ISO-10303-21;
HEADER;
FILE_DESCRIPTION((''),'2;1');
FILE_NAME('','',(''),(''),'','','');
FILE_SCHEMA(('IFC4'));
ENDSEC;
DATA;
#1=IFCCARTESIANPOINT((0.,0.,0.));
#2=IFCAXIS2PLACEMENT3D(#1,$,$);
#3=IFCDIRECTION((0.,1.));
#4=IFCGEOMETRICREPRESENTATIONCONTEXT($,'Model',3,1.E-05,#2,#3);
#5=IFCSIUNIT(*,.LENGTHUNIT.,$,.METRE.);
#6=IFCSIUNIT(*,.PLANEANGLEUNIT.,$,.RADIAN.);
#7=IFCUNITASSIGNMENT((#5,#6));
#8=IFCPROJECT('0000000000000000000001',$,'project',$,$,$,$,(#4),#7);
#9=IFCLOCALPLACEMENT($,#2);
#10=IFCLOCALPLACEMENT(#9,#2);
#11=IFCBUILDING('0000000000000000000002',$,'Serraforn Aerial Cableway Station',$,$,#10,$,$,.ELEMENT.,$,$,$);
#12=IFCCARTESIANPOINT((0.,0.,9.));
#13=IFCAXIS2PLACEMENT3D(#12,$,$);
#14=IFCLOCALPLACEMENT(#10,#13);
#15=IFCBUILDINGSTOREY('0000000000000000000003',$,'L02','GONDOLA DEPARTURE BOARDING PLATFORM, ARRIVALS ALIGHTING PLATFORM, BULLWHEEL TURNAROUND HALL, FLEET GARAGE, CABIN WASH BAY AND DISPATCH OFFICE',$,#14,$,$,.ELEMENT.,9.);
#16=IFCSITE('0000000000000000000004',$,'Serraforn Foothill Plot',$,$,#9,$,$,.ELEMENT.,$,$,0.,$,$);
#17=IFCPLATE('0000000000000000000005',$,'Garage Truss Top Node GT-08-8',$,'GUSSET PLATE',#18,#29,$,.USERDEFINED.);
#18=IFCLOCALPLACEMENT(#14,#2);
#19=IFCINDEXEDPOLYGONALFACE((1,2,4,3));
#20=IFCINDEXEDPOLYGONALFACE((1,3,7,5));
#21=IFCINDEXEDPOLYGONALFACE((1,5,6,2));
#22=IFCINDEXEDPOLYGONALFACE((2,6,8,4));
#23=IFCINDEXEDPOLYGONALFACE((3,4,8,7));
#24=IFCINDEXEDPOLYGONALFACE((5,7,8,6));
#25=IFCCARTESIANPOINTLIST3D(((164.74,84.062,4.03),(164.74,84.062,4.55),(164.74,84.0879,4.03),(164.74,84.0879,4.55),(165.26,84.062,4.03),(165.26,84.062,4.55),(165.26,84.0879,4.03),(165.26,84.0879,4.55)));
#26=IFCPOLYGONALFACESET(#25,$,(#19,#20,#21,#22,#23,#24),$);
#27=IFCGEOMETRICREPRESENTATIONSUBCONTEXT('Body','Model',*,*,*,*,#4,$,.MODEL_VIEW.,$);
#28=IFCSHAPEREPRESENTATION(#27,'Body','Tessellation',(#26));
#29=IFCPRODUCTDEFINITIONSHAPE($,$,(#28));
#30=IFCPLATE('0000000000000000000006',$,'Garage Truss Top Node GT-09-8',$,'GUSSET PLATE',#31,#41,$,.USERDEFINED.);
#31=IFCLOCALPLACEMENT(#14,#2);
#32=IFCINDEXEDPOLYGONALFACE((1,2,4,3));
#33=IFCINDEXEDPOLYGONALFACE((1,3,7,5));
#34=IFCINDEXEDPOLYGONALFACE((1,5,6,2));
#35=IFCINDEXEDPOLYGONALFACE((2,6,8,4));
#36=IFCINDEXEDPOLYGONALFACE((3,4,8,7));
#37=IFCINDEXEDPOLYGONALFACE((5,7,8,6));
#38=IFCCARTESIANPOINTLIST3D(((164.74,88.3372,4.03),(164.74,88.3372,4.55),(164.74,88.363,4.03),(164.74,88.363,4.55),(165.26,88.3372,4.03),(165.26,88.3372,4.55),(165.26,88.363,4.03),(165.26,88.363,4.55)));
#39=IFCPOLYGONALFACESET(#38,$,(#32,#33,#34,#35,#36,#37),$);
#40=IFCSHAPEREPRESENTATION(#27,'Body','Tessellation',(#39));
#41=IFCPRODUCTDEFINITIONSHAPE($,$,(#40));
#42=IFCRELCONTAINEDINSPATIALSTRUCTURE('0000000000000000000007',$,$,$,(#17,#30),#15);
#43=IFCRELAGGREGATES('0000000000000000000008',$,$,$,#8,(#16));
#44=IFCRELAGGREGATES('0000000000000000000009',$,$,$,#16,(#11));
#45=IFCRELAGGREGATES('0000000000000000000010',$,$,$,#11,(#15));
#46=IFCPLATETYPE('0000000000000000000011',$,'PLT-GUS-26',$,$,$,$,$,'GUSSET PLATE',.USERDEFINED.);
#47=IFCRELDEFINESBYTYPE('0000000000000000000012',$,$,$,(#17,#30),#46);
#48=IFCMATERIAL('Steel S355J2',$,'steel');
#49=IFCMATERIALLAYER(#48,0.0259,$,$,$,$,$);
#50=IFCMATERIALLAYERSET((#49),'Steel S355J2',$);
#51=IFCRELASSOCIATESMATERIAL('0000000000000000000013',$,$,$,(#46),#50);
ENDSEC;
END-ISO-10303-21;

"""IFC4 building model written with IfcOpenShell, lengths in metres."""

from ifc_helpers import new_model, si_unit, direction, frame, origin, origin_2d, place, context, subcontext, project, spatial, rectangle, extrude, material, layer, layer_set, type_object, element, save


model = new_model("IFC4")

# Units and contexts
model_context = context("Model", 3, precision=1e-05, world=origin(), true_north=direction((0.0, 1.0)))
body_context = subcontext(model_context, "Body", "Model", "MODEL_VIEW")
ifc_project = project(units=[si_unit("LENGTHUNIT", "METRE"), si_unit("PLANEANGLEUNIT", "RADIAN")], contexts=[model_context])

# Site, building, storey
site_placement = place(None, origin())
site = spatial("IfcSite", under=ifc_project, at=site_placement, Name="Serraforn Foothill Plot", CompositionType="ELEMENT", RefElevation=0.0)
building_placement = place(site_placement, origin())
building = spatial("IfcBuilding", under=site, at=building_placement, Name="Serraforn Aerial Cableway Station", CompositionType="ELEMENT")
storey_placement = place(building_placement, frame((0.0, 0.0, 9.0)))
storey = spatial("IfcBuildingStorey", under=building, at=storey_placement, Name="L02", Description="GONDOLA DEPARTURE BOARDING PLATFORM, ARRIVALS ALIGHTING PLATFORM, BULLWHEEL TURNAROUND HALL, FLEET GARAGE, CABIN WASH BAY AND DISPATCH OFFICE", CompositionType="ELEMENT", Elevation=9.0)

# Shared definitions
ifc_material_1 = material(Name="Steel S355J2", Category="steel")

# Plates
ifc_layer_1 = layer(ifc_material_1, 0.0259)
ifc_layer_set_1 = layer_set([ifc_layer_1], Name="Steel S355J2")
plate_type_1 = type_object("IfcPlateType", Name="PLT-GUS-26", ElementType="GUSSET PLATE", PredefinedType="USERDEFINED", material=ifc_layer_set_1)
for number, where, z_axis, x_axis, name in (
    (1, (165.0, 84.075, 4.03), (0.0, 0.0, 1.0), (1.0, 0.0, 0.0), "Garage Truss Top Node GT-08-8"),
    (2, (165.0, 88.3501, 4.03), (0.0, 0.0, 1.0), (1.0, 0.0, 0.0), "Garage Truss Top Node GT-09-8"),
):
    element("IfcPlate", number, at=place(storey_placement, frame(where, z_axis=z_axis, x_axis=x_axis)), inside=storey, type_object=plate_type_1, Name=name, ObjectType="GUSSET PLATE", PredefinedType="USERDEFINED", context=body_context, shape_type="SweptSolid", body=[
        extrude(rectangle(XDim=0.52, YDim=0.0259, at=origin_2d()), origin(), (0.0, 0.0, 1.0), 0.52),
    ])

save(model, "model.ifc")
